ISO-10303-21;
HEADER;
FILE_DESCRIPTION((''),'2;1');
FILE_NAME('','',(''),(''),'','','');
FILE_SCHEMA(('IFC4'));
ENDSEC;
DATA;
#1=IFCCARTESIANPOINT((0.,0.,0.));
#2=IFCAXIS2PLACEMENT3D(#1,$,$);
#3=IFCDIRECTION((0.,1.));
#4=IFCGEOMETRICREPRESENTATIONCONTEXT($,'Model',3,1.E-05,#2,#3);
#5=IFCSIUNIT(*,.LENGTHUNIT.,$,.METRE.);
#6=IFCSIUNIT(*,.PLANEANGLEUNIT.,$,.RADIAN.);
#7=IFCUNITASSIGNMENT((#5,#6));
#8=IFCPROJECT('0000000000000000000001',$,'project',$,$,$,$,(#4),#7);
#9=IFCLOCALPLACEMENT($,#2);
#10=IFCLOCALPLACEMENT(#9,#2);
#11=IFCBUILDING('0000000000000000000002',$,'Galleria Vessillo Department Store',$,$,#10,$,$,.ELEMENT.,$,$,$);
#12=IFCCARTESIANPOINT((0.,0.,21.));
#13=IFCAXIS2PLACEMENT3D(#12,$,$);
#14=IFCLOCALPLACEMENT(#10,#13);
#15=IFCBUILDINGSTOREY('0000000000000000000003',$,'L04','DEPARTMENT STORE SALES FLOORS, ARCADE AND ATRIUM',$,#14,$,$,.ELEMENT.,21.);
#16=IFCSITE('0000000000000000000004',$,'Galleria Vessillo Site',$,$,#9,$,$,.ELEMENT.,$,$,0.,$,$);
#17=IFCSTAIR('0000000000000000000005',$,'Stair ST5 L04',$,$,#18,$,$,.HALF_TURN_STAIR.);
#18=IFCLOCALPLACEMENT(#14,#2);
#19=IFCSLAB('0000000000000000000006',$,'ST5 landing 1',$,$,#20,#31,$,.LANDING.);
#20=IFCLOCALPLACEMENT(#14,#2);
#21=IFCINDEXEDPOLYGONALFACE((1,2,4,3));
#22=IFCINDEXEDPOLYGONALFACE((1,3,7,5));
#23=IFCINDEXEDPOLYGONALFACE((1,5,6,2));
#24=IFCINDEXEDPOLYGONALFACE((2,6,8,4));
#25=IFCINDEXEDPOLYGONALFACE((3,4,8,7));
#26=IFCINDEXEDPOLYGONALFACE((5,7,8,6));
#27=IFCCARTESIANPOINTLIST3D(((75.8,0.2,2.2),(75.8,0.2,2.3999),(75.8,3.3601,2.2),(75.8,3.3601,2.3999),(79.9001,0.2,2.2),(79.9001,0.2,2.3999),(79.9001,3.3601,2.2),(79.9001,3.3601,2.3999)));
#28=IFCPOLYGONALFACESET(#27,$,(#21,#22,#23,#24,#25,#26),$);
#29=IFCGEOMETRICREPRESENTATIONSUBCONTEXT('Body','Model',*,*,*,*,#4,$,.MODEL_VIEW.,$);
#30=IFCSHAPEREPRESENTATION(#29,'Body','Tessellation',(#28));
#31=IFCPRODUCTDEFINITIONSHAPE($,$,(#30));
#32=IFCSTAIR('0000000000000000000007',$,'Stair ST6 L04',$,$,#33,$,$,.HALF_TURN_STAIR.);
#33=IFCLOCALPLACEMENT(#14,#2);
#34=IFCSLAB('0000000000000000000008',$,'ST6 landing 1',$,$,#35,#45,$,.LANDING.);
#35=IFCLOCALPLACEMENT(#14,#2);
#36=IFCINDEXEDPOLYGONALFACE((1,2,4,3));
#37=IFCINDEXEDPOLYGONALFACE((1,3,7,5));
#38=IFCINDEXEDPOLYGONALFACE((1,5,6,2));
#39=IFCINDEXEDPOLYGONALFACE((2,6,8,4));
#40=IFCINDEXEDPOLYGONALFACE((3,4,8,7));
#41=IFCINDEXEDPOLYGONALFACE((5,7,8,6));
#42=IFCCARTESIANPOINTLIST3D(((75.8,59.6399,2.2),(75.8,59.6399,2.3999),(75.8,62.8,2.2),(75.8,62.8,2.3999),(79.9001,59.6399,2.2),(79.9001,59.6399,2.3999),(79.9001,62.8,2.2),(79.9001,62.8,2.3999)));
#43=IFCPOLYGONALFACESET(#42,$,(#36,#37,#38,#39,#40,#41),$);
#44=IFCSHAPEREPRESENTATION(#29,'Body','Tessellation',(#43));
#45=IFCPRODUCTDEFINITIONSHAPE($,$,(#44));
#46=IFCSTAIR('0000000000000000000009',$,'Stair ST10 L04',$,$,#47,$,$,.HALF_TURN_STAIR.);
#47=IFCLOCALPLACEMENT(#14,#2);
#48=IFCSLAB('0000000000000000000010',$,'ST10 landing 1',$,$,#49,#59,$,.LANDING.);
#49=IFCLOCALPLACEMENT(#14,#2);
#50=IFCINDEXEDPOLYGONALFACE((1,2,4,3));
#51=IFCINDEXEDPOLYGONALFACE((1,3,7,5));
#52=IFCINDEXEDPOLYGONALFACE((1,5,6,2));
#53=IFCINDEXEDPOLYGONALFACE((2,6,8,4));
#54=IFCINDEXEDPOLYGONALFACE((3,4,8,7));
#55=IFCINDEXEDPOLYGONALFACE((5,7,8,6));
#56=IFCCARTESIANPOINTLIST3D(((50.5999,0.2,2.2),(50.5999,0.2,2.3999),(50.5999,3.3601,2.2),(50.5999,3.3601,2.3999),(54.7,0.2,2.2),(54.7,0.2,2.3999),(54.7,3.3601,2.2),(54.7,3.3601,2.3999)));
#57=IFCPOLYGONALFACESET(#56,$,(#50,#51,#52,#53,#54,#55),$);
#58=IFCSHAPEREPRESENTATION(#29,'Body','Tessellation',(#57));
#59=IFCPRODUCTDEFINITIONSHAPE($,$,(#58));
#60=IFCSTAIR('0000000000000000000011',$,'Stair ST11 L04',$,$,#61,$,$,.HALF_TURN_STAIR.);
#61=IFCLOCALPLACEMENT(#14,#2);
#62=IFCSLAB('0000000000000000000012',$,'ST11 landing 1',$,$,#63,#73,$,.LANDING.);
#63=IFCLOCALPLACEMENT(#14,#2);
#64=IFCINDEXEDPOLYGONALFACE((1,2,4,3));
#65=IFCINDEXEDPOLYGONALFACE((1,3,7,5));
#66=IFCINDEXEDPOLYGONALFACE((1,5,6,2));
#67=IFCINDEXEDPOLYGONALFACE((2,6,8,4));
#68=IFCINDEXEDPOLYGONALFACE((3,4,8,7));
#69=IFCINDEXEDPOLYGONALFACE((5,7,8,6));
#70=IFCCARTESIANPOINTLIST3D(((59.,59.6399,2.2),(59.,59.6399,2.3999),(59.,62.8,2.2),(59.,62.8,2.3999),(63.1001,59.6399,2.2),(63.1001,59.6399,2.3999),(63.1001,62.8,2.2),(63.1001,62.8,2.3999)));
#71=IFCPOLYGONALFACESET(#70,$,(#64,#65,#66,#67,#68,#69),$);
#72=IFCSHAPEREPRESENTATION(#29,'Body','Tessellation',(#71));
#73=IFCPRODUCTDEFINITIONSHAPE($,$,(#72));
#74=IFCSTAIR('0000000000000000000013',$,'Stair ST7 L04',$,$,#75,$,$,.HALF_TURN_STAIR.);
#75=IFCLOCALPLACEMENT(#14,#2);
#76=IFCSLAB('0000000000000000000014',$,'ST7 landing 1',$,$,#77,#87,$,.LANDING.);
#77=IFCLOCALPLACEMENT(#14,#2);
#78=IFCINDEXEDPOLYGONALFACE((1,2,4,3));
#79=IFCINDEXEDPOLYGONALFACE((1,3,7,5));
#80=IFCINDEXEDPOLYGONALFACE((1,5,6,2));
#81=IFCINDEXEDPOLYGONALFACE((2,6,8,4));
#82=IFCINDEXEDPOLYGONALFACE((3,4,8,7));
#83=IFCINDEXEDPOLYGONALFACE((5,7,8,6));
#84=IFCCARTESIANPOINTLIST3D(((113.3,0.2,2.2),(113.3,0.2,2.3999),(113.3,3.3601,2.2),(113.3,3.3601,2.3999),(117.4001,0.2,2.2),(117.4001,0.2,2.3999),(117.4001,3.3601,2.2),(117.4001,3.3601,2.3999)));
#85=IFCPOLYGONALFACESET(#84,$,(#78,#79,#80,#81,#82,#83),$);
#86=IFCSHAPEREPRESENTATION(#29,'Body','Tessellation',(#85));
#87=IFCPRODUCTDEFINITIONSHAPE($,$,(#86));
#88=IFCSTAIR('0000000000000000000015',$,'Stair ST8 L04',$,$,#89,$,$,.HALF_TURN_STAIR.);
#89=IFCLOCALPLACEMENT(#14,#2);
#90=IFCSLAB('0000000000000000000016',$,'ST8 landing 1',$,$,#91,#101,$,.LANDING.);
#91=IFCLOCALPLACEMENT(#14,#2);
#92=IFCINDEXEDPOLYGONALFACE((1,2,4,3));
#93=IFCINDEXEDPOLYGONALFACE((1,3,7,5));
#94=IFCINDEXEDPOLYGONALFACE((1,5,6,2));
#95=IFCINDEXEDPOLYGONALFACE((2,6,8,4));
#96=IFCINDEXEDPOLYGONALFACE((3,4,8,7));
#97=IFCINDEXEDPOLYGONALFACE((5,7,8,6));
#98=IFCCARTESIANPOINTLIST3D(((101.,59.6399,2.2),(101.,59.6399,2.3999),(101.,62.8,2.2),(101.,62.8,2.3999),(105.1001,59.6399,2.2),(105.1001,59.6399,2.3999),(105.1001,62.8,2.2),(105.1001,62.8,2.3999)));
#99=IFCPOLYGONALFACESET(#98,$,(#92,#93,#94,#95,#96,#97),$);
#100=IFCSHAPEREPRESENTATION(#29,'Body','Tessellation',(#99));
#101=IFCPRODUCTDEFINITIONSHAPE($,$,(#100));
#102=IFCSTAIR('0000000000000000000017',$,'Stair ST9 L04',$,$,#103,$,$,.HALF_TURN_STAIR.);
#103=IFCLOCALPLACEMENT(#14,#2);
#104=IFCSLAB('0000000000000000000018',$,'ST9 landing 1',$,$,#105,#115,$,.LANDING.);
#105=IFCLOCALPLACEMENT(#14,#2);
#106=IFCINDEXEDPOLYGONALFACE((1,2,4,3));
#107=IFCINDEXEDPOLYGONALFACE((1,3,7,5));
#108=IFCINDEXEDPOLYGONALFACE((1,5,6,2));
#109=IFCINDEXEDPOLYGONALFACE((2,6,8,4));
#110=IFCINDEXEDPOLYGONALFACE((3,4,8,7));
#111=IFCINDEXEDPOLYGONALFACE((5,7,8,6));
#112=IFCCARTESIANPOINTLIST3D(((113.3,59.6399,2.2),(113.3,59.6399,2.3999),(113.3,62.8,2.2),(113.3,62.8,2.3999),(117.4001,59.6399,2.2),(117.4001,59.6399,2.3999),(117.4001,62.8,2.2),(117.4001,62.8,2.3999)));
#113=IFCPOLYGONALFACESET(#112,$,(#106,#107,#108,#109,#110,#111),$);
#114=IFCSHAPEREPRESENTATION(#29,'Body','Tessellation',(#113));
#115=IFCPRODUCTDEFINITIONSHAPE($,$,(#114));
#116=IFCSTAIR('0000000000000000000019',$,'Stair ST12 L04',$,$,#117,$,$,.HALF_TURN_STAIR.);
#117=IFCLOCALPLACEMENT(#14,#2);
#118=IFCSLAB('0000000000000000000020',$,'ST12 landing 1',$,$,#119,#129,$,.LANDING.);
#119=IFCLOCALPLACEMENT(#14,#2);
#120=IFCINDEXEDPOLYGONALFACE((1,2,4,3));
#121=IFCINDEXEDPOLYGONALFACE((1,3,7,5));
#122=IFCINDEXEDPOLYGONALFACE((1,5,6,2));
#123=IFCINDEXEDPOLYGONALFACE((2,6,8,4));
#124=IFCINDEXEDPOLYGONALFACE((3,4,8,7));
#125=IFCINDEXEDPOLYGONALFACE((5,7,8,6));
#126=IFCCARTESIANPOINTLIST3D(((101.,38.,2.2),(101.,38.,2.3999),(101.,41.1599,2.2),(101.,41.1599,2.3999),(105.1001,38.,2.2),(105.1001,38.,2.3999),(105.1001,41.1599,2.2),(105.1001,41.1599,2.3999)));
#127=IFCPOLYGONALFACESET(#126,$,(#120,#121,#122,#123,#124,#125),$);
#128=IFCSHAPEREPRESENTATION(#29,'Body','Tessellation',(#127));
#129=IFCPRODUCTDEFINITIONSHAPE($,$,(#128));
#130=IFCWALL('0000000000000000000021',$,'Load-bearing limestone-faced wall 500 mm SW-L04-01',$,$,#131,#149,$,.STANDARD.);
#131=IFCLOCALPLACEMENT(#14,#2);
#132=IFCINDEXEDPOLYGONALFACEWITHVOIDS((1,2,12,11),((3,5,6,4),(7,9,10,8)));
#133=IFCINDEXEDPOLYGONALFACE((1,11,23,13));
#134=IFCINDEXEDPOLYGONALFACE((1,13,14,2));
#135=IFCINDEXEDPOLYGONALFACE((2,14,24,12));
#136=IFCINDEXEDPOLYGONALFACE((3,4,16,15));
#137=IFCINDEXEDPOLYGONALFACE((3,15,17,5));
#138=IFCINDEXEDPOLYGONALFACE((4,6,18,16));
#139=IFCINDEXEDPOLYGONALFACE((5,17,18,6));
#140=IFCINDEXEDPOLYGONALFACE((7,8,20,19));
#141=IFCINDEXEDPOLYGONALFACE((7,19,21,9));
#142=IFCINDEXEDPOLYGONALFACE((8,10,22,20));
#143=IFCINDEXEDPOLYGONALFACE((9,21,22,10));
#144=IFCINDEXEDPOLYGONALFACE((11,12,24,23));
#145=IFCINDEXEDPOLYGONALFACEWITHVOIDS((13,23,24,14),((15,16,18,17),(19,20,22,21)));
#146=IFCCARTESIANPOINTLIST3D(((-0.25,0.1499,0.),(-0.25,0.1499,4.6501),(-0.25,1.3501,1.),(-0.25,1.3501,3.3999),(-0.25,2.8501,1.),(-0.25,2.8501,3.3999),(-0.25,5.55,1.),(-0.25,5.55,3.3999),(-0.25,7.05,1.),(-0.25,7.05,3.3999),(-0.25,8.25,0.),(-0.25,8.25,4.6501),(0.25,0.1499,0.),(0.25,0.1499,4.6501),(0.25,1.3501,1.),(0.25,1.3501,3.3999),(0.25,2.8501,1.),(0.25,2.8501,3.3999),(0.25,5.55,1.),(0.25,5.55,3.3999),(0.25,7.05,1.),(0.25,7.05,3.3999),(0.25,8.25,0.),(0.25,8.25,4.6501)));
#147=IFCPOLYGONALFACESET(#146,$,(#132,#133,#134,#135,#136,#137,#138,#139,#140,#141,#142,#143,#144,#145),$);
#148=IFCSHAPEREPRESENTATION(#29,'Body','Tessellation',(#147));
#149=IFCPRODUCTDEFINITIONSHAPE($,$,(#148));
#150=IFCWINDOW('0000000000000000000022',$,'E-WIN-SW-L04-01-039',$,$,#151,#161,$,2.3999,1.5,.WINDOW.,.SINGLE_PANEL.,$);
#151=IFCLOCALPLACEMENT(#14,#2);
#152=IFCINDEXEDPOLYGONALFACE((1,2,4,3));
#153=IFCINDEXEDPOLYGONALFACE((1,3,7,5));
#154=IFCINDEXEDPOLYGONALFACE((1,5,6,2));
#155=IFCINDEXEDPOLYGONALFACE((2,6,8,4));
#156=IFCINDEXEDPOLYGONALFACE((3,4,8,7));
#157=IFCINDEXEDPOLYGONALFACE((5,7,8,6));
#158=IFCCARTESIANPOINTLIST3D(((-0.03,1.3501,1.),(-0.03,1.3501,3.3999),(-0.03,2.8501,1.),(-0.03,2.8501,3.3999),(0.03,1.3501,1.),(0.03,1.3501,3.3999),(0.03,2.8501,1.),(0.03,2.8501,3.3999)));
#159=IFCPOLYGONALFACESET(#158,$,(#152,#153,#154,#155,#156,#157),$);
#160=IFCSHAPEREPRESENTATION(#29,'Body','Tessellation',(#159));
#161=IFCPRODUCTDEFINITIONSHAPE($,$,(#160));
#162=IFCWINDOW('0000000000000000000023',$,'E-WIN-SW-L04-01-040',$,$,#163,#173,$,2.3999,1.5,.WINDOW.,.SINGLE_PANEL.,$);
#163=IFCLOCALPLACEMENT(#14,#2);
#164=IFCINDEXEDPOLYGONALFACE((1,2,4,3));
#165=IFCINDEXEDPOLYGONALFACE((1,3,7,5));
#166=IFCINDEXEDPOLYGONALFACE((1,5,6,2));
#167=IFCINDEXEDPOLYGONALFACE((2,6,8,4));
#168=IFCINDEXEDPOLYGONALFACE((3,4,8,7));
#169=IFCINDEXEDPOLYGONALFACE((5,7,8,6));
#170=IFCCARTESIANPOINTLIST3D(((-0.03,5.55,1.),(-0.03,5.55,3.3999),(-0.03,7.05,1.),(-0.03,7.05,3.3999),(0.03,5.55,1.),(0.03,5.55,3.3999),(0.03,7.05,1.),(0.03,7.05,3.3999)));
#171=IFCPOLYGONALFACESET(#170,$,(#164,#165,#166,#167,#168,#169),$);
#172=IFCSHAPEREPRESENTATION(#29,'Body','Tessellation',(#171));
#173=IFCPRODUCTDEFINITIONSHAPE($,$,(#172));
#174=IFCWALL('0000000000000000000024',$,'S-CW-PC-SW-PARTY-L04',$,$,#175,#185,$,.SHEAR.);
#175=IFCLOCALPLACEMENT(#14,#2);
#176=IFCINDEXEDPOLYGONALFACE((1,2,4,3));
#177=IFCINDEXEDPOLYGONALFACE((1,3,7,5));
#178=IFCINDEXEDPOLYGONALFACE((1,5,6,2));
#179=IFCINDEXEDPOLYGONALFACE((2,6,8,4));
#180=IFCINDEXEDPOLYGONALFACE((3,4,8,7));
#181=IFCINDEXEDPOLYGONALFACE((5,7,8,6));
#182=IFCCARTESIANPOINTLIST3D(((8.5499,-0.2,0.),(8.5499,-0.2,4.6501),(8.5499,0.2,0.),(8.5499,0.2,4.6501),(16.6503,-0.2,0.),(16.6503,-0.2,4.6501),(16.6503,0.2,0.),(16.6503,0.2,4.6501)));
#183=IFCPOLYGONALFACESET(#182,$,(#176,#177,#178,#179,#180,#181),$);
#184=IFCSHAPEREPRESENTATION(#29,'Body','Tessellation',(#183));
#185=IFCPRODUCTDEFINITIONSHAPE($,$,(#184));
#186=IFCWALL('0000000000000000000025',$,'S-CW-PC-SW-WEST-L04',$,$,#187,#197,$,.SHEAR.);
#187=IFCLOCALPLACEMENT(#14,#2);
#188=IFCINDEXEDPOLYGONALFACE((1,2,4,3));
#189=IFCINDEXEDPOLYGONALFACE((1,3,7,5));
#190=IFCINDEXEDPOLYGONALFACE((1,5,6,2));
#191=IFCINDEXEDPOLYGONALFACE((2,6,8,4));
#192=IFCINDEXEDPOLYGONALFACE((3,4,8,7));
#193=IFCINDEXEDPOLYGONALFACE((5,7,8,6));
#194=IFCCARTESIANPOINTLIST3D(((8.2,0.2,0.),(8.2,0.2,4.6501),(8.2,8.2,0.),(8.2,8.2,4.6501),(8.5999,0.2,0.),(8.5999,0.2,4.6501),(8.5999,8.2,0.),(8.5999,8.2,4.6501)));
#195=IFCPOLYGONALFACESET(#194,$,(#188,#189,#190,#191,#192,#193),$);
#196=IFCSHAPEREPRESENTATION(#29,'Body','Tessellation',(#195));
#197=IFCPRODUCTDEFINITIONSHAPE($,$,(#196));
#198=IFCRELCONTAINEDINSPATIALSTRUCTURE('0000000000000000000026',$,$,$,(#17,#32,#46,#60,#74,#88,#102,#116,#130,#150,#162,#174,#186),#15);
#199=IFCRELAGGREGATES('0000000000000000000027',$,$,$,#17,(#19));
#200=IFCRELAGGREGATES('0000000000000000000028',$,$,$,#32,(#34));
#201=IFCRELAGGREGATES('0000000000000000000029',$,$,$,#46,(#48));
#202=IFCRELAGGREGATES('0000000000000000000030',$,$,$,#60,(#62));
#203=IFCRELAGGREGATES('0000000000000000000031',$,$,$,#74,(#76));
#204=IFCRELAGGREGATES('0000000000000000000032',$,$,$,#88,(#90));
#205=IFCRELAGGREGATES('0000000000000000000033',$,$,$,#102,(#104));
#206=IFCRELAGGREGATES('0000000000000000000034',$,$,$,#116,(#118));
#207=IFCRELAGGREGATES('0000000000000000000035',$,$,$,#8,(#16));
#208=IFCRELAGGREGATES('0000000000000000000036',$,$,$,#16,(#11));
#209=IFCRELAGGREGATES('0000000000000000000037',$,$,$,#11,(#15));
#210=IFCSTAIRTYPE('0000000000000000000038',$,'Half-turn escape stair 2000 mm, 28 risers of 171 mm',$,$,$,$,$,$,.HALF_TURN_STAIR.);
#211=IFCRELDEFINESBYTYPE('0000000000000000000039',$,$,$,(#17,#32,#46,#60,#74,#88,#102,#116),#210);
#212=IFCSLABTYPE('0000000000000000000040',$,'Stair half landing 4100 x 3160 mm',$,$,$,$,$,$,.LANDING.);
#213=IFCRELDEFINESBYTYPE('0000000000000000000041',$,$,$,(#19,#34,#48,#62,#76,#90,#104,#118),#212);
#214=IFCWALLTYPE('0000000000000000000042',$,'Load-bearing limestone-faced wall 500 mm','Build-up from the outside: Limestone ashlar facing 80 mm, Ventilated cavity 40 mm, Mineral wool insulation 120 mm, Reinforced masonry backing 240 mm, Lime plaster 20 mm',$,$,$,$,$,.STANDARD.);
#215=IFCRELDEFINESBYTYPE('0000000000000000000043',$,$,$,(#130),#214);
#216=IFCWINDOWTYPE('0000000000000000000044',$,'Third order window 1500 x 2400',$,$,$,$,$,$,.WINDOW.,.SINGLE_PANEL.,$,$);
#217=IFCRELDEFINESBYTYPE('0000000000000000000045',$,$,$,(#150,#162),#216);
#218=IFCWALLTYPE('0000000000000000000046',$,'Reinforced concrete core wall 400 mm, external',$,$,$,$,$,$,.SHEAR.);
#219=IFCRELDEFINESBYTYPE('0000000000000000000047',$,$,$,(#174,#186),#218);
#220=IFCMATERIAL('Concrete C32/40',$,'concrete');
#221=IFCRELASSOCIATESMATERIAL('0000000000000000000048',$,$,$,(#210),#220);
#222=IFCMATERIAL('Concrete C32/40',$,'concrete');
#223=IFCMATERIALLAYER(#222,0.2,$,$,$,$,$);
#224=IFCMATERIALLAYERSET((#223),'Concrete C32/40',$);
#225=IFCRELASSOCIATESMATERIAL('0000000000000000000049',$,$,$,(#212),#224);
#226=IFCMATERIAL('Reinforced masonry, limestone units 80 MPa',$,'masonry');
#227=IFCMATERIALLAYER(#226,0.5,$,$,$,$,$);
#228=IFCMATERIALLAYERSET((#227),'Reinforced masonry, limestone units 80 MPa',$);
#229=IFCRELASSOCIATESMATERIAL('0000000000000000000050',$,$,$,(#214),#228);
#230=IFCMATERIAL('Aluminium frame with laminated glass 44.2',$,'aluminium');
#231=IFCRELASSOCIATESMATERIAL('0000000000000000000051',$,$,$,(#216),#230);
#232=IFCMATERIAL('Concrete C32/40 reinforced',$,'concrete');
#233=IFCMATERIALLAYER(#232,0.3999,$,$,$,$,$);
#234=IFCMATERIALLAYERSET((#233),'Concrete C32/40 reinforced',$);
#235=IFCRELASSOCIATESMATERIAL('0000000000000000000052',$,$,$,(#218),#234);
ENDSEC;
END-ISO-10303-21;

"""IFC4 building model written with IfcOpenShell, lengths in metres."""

from ifc_helpers import new_model, si_unit, direction, frame, frame_2d, origin, place, context, subcontext, project, spatial, polyline, rectangle, outline, extrude, material, layer, layer_set, type_object, element, fill, aggregate, save


model = new_model("IFC4")

# Units and contexts
model_context = context("Model", 3, precision=1e-05, world=origin(), true_north=direction((0.0, 1.0)))
body_context = subcontext(model_context, "Body", "Model", "MODEL_VIEW")
ifc_project = project(units=[si_unit("LENGTHUNIT", "METRE"), si_unit("PLANEANGLEUNIT", "RADIAN")], contexts=[model_context])

# Site, building, storey
site_placement = place(None, origin())
site = spatial("IfcSite", under=ifc_project, at=site_placement, Name="Galleria Vessillo Site", CompositionType="ELEMENT", RefElevation=0.0)
building_placement = place(site_placement, origin())
building = spatial("IfcBuilding", under=site, at=building_placement, Name="Galleria Vessillo Department Store", CompositionType="ELEMENT")
storey_placement = place(building_placement, frame((0.0, 0.0, 21.0)))
storey = spatial("IfcBuildingStorey", under=building, at=storey_placement, Name="L04", Description="DEPARTMENT STORE SALES FLOORS, ARCADE AND ATRIUM", CompositionType="ELEMENT", Elevation=21.0)

# Stairs, slabs
ifc_material_1 = material(Name="Concrete C32/40", Category="concrete")
stair_type = type_object("IfcStairType", Name="Half-turn escape stair 2000 mm, 28 risers of 171 mm", PredefinedType="HALF_TURN_STAIR", material=ifc_material_1)
ifc_material_2 = material(Name="Concrete C32/40", Category="concrete")
ifc_layer_1 = layer(ifc_material_2, 0.2)
ifc_layer_set_1 = layer_set([ifc_layer_1], Name="Concrete C32/40")
slab_type_1 = type_object("IfcSlabType", Name="Stair half landing 4100 x 3160 mm", PredefinedType="LANDING", material=ifc_layer_set_1)
stair_1_placement = place(storey_placement, origin())
stair_1 = element("IfcStair", 1, at=stair_1_placement, inside=storey, type_object=stair_type, Name="Stair ST5 L04", PredefinedType="HALF_TURN_STAIR")
slab_1_placement = place(storey_placement, frame((0.0, 0.0, 2.2)))
slab_1 = element("IfcSlab", 2, at=slab_1_placement, type_object=slab_type_1, Name="ST5 landing 1", PredefinedType="LANDING", context=body_context, shape_type="SweptSolid", body=[
    extrude(outline(polyline([(75.8, 0.2), (75.8, 3.3601), (79.9001, 3.3601), (79.9001, 0.2), (75.8, 0.2)])), origin(), (0.0, 0.0, 1.0), 0.2),
])
aggregate(stair_1, [slab_1])
stair_2_placement = place(storey_placement, origin())
stair_2 = element("IfcStair", 3, at=stair_2_placement, inside=storey, type_object=stair_type, Name="Stair ST6 L04", PredefinedType="HALF_TURN_STAIR")
slab_2_placement = place(storey_placement, frame((0.0, 0.0, 2.2)))
slab_2 = element("IfcSlab", 4, at=slab_2_placement, type_object=slab_type_1, Name="ST6 landing 1", PredefinedType="LANDING", context=body_context, shape_type="SweptSolid", body=[
    extrude(outline(polyline([(75.8, 59.6399), (75.8, 62.8), (79.9001, 62.8), (79.9001, 59.6399), (75.8, 59.6399)])), origin(), (0.0, 0.0, 1.0), 0.2),
])
aggregate(stair_2, [slab_2])
stair_3_placement = place(storey_placement, origin())
stair_3 = element("IfcStair", 5, at=stair_3_placement, inside=storey, type_object=stair_type, Name="Stair ST10 L04", PredefinedType="HALF_TURN_STAIR")
slab_3_placement = place(storey_placement, frame((0.0, 0.0, 2.2)))
slab_3 = element("IfcSlab", 6, at=slab_3_placement, type_object=slab_type_1, Name="ST10 landing 1", PredefinedType="LANDING", context=body_context, shape_type="SweptSolid", body=[
    extrude(outline(polyline([(50.5999, 0.2), (50.5999, 3.3601), (54.7, 3.3601), (54.7, 0.2), (50.5999, 0.2)])), origin(), (0.0, 0.0, 1.0), 0.2),
])
aggregate(stair_3, [slab_3])
stair_4_placement = place(storey_placement, origin())
stair_4 = element("IfcStair", 7, at=stair_4_placement, inside=storey, type_object=stair_type, Name="Stair ST11 L04", PredefinedType="HALF_TURN_STAIR")
slab_4_placement = place(storey_placement, frame((0.0, 0.0, 2.2)))
slab_4 = element("IfcSlab", 8, at=slab_4_placement, type_object=slab_type_1, Name="ST11 landing 1", PredefinedType="LANDING", context=body_context, shape_type="SweptSolid", body=[
    extrude(outline(polyline([(59.0, 59.6399), (59.0, 62.8), (63.1001, 62.8), (63.1001, 59.6399), (59.0, 59.6399)])), origin(), (0.0, 0.0, 1.0), 0.2),
])
aggregate(stair_4, [slab_4])
stair_5_placement = place(storey_placement, origin())
stair_5 = element("IfcStair", 9, at=stair_5_placement, inside=storey, type_object=stair_type, Name="Stair ST7 L04", PredefinedType="HALF_TURN_STAIR")
slab_5_placement = place(storey_placement, frame((0.0, 0.0, 2.2)))
slab_5 = element("IfcSlab", 10, at=slab_5_placement, type_object=slab_type_1, Name="ST7 landing 1", PredefinedType="LANDING", context=body_context, shape_type="SweptSolid", body=[
    extrude(outline(polyline([(113.3, 0.2), (113.3, 3.3601), (117.4001, 3.3601), (117.4001, 0.2), (113.3, 0.2)])), origin(), (0.0, 0.0, 1.0), 0.2),
])
aggregate(stair_5, [slab_5])
stair_6_placement = place(storey_placement, origin())
stair_6 = element("IfcStair", 11, at=stair_6_placement, inside=storey, type_object=stair_type, Name="Stair ST8 L04", PredefinedType="HALF_TURN_STAIR")
slab_6_placement = place(storey_placement, frame((0.0, 0.0, 2.2)))
slab_6 = element("IfcSlab", 12, at=slab_6_placement, type_object=slab_type_1, Name="ST8 landing 1", PredefinedType="LANDING", context=body_context, shape_type="SweptSolid", body=[
    extrude(outline(polyline([(101.0, 59.6399), (101.0, 62.8), (105.1001, 62.8), (105.1001, 59.6399), (101.0, 59.6399)])), origin(), (0.0, 0.0, 1.0), 0.2),
])
aggregate(stair_6, [slab_6])
stair_7_placement = place(storey_placement, origin())
stair_7 = element("IfcStair", 13, at=stair_7_placement, inside=storey, type_object=stair_type, Name="Stair ST9 L04", PredefinedType="HALF_TURN_STAIR")
slab_7_placement = place(storey_placement, frame((0.0, 0.0, 2.2)))
slab_7 = element("IfcSlab", 14, at=slab_7_placement, type_object=slab_type_1, Name="ST9 landing 1", PredefinedType="LANDING", context=body_context, shape_type="SweptSolid", body=[
    extrude(outline(polyline([(113.3, 59.6399), (113.3, 62.8), (117.4001, 62.8), (117.4001, 59.6399), (113.3, 59.6399)])), origin(), (0.0, 0.0, 1.0), 0.2),
])
aggregate(stair_7, [slab_7])
stair_8_placement = place(storey_placement, origin())
stair_8 = element("IfcStair", 15, at=stair_8_placement, inside=storey, type_object=stair_type, Name="Stair ST12 L04", PredefinedType="HALF_TURN_STAIR")
slab_8_placement = place(storey_placement, frame((0.0, 0.0, 2.2)))
slab_8 = element("IfcSlab", 16, at=slab_8_placement, type_object=slab_type_1, Name="ST12 landing 1", PredefinedType="LANDING", context=body_context, shape_type="SweptSolid", body=[
    extrude(outline(polyline([(101.0, 38.0), (101.0, 41.1599), (105.1001, 41.1599), (105.1001, 38.0), (101.0, 38.0)])), origin(), (0.0, 0.0, 1.0), 0.2),
])
aggregate(stair_8, [slab_8])

# Wall, openings, windows
ifc_material_3 = material(Name="Reinforced masonry, limestone units 80 MPa", Category="masonry")
ifc_layer_2 = layer(ifc_material_3, 0.5)
ifc_layer_set_2 = layer_set([ifc_layer_2], Name="Reinforced masonry, limestone units 80 MPa")
wall_type_1 = type_object("IfcWallType", Name="Load-bearing limestone-faced wall 500 mm", Description="Build-up from the outside: Limestone ashlar facing 80 mm, Ventilated cavity 40 mm, Mineral wool insulation 120 mm, Reinforced masonry backing 240 mm, Lime plaster 20 mm", PredefinedType="STANDARD", material=ifc_layer_set_2)
wall_1_placement = place(storey_placement, frame((0.0, 0.1499, 0.0), z_axis=(0.0, 0.0, 1.0), x_axis=(0.0, 1.0, 0.0)))
wall_1 = element("IfcWall", 17, at=wall_1_placement, inside=storey, type_object=wall_type_1, Name="Load-bearing limestone-faced wall 500 mm SW-L04-01", PredefinedType="STANDARD", context=body_context, shape_type="SweptSolid", body=[
    extrude(rectangle(XDim=8.1001, YDim=0.5, at=frame_2d((4.05, 0.0))), origin(), (0.0, 0.0, 1.0), 4.6501),
])
opening_1_placement = place(wall_1_placement, frame((1.2002, 0.0, 1.0)))
opening_1 = element("IfcOpeningElement", 18, at=opening_1_placement, cuts=wall_1, PredefinedType="OPENING", context=body_context, shape_type="SweptSolid", body=[
    extrude(rectangle(XDim=1.5, YDim=2.3999, at=frame_2d((0.75, 1.2))), frame((0.0, 0.26, 0.0), z_axis=(0.0, -1.0, 0.0), x_axis=(1.0, 0.0, 0.0)), (0.0, 0.0, 1.0), 0.52),
])
opening_2_placement = place(wall_1_placement, frame((5.4001, 0.0, 1.0)))
opening_2 = element("IfcOpeningElement", 19, at=opening_2_placement, cuts=wall_1, PredefinedType="OPENING", context=body_context, shape_type="SweptSolid", body=[
    extrude(rectangle(XDim=1.5, YDim=2.3999, at=frame_2d((0.75, 1.2))), frame((0.0, 0.26, 0.0), z_axis=(0.0, -1.0, 0.0), x_axis=(1.0, 0.0, 0.0)), (0.0, 0.0, 1.0), 0.52),
])
ifc_material_4 = material(Name="Aluminium frame with laminated glass 44.2", Category="aluminium")
window_type = type_object("IfcWindowType", Name="Third order window 1500 x 2400", PartitioningType="SINGLE_PANEL", PredefinedType="WINDOW", material=ifc_material_4)
window_1_placement = place(opening_1_placement, origin())
window_1 = element("IfcWindow", 20, at=window_1_placement, inside=storey, type_object=window_type, Name="E-WIN-SW-L04-01-039", OverallHeight=2.3999, OverallWidth=1.5, PartitioningType="SINGLE_PANEL", PredefinedType="WINDOW", context=body_context, shape_type="SweptSolid", body=[
    extrude(rectangle(XDim=1.5, YDim=2.3999, at=frame_2d((0.75, 1.2))), frame((0.0, 0.03, 0.0), z_axis=(0.0, -1.0, 0.0), x_axis=(1.0, 0.0, 0.0)), (0.0, 0.0, 1.0), 0.0601),
])
fill(opening_1, window_1)
window_2_placement = place(opening_2_placement, origin())
window_2 = element("IfcWindow", 21, at=window_2_placement, inside=storey, type_object=window_type, Name="E-WIN-SW-L04-01-040", OverallHeight=2.3999, OverallWidth=1.5, PartitioningType="SINGLE_PANEL", PredefinedType="WINDOW", context=body_context, shape_type="SweptSolid", body=[
    extrude(rectangle(XDim=1.5, YDim=2.3999, at=frame_2d((0.75, 1.2))), frame((0.0, 0.03, 0.0), z_axis=(0.0, -1.0, 0.0), x_axis=(1.0, 0.0, 0.0)), (0.0, 0.0, 1.0), 0.0601),
])
fill(opening_2, window_2)

# Walls
ifc_material_5 = material(Name="Concrete C32/40 reinforced", Category="concrete")
ifc_layer_3 = layer(ifc_material_5, 0.3999)
ifc_layer_set_3 = layer_set([ifc_layer_3], Name="Concrete C32/40 reinforced")
wall_type_2 = type_object("IfcWallType", Name="Reinforced concrete core wall 400 mm, external", PredefinedType="SHEAR", material=ifc_layer_set_3)
wall_2_placement = place(storey_placement, frame((8.5498, 0.0, 0.0), z_axis=(0.0, 0.0, 1.0), x_axis=(1.0, 0.0, 0.0)))
element("IfcWall", 22, at=wall_2_placement, inside=storey, type_object=wall_type_2, Name="S-CW-PC-SW-PARTY-L04", PredefinedType="SHEAR", context=body_context, shape_type="SweptSolid", body=[
    extrude(rectangle(XDim=8.1003, YDim=0.3999, at=frame_2d((4.0503, 0.0))), origin(), (0.0, 0.0, 1.0), 4.6501),
])
wall_3_placement = place(storey_placement, frame((8.3999, 0.2, 0.0), z_axis=(0.0, 0.0, 1.0), x_axis=(0.0, 1.0, 0.0)))
element("IfcWall", 23, at=wall_3_placement, inside=storey, type_object=wall_type_2, Name="S-CW-PC-SW-WEST-L04", PredefinedType="SHEAR", context=body_context, shape_type="SweptSolid", body=[
    extrude(rectangle(XDim=8.0, YDim=0.3999, at=frame_2d((4.0, 0.0))), origin(), (0.0, 0.0, 1.0), 4.6501),
])

save(model, "model.ifc")
